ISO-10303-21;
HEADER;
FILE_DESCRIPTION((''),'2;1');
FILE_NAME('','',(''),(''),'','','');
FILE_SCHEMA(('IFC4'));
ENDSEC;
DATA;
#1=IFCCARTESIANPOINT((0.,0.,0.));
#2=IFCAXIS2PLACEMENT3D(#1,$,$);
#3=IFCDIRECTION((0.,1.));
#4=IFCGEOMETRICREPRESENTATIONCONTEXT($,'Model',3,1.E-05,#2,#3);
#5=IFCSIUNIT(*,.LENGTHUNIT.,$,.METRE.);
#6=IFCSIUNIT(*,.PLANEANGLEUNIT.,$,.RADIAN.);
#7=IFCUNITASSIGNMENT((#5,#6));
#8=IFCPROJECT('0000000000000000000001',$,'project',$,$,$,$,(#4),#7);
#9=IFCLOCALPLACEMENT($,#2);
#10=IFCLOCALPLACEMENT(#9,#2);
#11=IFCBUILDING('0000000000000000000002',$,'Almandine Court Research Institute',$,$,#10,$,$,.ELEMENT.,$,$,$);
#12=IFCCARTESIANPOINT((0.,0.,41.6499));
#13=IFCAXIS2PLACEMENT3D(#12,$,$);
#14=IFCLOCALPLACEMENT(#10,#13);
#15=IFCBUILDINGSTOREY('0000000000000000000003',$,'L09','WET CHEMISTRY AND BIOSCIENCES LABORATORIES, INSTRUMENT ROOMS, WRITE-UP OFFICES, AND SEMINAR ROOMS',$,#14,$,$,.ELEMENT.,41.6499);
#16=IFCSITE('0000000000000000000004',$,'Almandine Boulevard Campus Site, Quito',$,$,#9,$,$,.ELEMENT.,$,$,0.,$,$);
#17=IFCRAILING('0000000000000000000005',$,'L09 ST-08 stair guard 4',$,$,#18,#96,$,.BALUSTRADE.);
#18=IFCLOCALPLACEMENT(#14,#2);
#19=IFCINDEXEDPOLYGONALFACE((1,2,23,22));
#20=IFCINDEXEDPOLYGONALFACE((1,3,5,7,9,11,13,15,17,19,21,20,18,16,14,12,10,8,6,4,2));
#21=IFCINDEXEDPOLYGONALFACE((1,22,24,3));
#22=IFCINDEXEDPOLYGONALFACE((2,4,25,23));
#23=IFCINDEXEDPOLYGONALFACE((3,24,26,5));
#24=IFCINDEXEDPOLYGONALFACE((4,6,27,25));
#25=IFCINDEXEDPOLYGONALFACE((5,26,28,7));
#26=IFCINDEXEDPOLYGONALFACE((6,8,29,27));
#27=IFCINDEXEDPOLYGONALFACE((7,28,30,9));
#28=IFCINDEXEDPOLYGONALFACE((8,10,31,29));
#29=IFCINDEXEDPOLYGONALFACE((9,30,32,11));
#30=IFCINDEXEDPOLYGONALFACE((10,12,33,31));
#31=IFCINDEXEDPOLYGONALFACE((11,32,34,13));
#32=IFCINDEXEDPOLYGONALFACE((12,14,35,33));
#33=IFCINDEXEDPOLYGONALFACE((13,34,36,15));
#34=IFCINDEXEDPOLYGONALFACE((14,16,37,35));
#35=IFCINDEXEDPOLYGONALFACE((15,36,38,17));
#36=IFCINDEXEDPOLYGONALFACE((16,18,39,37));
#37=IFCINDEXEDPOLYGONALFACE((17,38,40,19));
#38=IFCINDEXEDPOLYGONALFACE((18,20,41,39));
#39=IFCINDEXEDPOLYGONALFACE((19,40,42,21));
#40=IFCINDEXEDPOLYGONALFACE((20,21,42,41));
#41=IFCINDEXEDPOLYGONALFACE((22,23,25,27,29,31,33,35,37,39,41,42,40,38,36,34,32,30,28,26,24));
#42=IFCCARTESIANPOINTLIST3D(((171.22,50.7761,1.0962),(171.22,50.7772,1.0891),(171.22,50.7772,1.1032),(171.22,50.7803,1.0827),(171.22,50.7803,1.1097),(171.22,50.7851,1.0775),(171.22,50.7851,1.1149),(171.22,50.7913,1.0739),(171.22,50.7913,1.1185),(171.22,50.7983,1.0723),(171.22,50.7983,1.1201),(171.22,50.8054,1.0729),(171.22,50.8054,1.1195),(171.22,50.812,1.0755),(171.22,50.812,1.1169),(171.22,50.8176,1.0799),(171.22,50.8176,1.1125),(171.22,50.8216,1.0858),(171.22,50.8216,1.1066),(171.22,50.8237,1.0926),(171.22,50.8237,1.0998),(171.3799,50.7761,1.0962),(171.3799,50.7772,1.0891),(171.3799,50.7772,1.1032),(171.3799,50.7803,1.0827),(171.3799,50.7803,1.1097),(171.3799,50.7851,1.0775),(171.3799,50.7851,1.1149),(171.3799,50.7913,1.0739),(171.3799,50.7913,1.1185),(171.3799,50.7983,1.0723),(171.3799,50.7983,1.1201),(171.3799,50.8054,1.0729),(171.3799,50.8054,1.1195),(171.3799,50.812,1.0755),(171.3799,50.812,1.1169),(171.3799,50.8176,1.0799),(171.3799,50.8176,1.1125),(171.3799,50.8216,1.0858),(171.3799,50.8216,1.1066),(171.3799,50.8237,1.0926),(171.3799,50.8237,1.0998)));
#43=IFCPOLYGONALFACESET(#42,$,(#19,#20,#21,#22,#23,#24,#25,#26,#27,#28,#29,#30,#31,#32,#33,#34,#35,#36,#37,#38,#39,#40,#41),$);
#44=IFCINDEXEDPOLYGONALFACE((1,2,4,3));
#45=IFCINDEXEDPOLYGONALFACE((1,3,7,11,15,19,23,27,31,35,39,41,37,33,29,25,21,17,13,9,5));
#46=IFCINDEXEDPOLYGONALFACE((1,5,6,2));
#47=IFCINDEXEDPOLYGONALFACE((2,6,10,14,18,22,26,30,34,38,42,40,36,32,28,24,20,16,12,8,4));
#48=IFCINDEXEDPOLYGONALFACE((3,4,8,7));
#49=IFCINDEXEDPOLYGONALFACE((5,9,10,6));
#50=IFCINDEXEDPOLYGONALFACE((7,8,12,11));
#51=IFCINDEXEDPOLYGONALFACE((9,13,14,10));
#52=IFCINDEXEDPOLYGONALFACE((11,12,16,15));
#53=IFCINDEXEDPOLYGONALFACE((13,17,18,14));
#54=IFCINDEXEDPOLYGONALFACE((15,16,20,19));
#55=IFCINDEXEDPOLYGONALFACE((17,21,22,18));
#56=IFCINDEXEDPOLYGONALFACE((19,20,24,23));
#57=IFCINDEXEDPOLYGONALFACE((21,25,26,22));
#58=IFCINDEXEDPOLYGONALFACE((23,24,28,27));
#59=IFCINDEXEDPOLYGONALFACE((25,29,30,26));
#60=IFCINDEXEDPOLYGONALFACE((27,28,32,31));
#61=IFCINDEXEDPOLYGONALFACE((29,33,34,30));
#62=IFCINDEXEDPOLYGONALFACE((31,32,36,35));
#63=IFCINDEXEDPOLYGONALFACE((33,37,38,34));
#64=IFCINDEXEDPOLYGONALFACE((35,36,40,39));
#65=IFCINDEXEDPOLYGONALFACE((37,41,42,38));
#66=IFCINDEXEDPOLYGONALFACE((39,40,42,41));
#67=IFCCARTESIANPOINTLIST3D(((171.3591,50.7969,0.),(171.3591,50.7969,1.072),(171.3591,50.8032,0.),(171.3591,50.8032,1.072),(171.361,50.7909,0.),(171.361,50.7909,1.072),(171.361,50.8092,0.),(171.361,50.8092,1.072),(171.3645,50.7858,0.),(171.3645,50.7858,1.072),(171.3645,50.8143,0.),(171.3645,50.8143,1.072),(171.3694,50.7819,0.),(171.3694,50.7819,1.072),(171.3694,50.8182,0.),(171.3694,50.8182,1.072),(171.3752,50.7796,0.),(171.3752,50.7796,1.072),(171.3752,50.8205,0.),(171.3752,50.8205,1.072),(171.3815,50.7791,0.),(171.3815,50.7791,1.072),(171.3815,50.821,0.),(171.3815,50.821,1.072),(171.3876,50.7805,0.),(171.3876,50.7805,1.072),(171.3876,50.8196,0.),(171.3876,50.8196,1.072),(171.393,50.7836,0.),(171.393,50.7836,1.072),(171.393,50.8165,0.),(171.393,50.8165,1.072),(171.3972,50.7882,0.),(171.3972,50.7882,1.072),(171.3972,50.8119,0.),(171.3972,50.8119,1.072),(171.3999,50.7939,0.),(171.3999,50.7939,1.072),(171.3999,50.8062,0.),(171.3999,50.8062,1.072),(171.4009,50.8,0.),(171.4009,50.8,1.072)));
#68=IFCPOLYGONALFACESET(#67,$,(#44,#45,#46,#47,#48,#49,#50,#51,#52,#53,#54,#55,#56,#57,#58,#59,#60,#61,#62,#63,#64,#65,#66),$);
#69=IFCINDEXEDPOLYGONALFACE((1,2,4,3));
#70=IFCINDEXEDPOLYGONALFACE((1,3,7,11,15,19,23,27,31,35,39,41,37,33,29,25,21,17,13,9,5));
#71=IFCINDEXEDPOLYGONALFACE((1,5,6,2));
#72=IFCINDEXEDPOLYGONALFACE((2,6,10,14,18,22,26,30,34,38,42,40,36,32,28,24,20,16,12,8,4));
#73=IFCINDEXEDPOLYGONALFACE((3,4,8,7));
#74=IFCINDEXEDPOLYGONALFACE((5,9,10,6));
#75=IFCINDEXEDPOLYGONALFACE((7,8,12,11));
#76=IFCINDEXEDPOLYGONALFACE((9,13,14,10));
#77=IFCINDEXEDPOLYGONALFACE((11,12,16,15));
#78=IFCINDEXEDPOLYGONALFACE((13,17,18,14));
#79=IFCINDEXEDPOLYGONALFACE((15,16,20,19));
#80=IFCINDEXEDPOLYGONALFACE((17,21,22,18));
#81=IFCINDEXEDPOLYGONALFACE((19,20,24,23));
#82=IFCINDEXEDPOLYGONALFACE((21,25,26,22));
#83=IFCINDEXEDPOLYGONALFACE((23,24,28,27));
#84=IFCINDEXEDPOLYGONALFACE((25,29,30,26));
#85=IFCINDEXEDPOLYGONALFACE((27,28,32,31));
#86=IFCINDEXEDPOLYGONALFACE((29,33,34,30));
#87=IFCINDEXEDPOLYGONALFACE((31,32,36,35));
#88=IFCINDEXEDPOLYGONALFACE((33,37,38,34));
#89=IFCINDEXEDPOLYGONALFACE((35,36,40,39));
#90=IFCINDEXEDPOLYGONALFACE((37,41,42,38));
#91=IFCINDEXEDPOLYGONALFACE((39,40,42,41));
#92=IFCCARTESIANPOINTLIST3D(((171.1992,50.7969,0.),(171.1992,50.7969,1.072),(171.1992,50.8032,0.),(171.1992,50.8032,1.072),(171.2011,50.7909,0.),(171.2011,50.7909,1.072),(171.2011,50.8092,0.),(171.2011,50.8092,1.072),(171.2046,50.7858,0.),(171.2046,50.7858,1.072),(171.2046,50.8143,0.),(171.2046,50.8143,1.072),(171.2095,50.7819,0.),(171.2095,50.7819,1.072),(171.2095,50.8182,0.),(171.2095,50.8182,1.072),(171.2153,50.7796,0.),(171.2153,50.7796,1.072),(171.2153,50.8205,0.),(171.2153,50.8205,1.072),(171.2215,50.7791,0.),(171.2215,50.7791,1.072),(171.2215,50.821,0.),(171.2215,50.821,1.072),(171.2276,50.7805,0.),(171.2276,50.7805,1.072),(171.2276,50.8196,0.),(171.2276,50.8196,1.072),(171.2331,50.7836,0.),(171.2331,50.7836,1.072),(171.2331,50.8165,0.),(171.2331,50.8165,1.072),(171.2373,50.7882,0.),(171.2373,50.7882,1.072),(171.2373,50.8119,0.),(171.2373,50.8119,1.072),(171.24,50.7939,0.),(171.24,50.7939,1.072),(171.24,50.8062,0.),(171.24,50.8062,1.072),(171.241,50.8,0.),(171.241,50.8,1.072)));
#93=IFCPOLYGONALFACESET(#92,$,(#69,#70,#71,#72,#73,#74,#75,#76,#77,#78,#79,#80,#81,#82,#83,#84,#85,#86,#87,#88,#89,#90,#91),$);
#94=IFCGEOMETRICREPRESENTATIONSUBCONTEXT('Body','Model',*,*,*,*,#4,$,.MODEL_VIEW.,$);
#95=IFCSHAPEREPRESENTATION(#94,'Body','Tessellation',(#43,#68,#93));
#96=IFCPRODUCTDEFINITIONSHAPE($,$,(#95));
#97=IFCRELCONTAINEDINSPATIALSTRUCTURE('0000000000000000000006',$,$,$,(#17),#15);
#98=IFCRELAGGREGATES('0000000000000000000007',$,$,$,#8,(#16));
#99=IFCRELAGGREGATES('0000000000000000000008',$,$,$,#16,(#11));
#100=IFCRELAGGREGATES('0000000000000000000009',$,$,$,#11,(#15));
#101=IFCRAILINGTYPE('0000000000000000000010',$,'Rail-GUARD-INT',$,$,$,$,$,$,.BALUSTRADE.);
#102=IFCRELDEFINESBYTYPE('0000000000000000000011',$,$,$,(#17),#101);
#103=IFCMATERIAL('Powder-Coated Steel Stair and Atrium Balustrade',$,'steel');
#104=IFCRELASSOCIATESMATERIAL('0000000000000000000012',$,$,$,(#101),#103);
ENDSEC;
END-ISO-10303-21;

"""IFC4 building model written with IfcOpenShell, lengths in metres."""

from ifc_helpers import new_model, si_unit, direction, frame, origin, origin_2d, place, context, subcontext, project, spatial, circle, extrude, material, type_object, element, save


model = new_model("IFC4")

# Units and contexts
model_context = context("Model", 3, precision=1e-05, world=origin(), true_north=direction((0.0, 1.0)))
body_context = subcontext(model_context, "Body", "Model", "MODEL_VIEW")
ifc_project = project(units=[si_unit("LENGTHUNIT", "METRE"), si_unit("PLANEANGLEUNIT", "RADIAN")], contexts=[model_context])

# Site, building, storey
site_placement = place(None, origin())
site = spatial("IfcSite", under=ifc_project, at=site_placement, Name="Almandine Boulevard Campus Site, Quito", CompositionType="ELEMENT", RefElevation=0.0)
building_placement = place(site_placement, origin())
building = spatial("IfcBuilding", under=site, at=building_placement, Name="Almandine Court Research Institute", CompositionType="ELEMENT")
storey_placement = place(building_placement, frame((0.0, 0.0, 41.6499)))
storey = spatial("IfcBuildingStorey", under=building, at=storey_placement, Name="L09", Description="WET CHEMISTRY AND BIOSCIENCES LABORATORIES, INSTRUMENT ROOMS, WRITE-UP OFFICES, AND SEMINAR ROOMS", CompositionType="ELEMENT", Elevation=41.6499)

# Railing
ifc_material_1 = material(Name="Powder-Coated Steel Stair and Atrium Balustrade", Category="steel")
railing_type_1 = type_object("IfcRailingType", Name="Rail-GUARD-INT", PredefinedType="BALUSTRADE", material=ifc_material_1)
railing_1_placement = place(storey_placement, frame((171.3799, 50.8, 0.0)))
element("IfcRailing", 1, at=railing_1_placement, inside=storey, type_object=railing_type_1, Name="L09 ST-08 stair guard 4", PredefinedType="BALUSTRADE", context=body_context, shape_type="SweptSolid", body=[
    extrude(circle(Radius=0.0239, at=origin_2d()), frame((0.0, 0.0, 1.0962), z_axis=(-1.0, 0.0, 0.0), x_axis=(0.0, -1.0, 0.0)), (0.0, 0.0, 1.0), 0.1599),
    extrude(circle(Radius=0.021, at=origin_2d()), origin(), (0.0, 0.0, 1.0), 1.072),
    extrude(circle(Radius=0.021, at=origin_2d()), frame((-0.1599, 0.0, 0.0)), (0.0, 0.0, 1.0), 1.072),
])

save(model, "model.ifc")
